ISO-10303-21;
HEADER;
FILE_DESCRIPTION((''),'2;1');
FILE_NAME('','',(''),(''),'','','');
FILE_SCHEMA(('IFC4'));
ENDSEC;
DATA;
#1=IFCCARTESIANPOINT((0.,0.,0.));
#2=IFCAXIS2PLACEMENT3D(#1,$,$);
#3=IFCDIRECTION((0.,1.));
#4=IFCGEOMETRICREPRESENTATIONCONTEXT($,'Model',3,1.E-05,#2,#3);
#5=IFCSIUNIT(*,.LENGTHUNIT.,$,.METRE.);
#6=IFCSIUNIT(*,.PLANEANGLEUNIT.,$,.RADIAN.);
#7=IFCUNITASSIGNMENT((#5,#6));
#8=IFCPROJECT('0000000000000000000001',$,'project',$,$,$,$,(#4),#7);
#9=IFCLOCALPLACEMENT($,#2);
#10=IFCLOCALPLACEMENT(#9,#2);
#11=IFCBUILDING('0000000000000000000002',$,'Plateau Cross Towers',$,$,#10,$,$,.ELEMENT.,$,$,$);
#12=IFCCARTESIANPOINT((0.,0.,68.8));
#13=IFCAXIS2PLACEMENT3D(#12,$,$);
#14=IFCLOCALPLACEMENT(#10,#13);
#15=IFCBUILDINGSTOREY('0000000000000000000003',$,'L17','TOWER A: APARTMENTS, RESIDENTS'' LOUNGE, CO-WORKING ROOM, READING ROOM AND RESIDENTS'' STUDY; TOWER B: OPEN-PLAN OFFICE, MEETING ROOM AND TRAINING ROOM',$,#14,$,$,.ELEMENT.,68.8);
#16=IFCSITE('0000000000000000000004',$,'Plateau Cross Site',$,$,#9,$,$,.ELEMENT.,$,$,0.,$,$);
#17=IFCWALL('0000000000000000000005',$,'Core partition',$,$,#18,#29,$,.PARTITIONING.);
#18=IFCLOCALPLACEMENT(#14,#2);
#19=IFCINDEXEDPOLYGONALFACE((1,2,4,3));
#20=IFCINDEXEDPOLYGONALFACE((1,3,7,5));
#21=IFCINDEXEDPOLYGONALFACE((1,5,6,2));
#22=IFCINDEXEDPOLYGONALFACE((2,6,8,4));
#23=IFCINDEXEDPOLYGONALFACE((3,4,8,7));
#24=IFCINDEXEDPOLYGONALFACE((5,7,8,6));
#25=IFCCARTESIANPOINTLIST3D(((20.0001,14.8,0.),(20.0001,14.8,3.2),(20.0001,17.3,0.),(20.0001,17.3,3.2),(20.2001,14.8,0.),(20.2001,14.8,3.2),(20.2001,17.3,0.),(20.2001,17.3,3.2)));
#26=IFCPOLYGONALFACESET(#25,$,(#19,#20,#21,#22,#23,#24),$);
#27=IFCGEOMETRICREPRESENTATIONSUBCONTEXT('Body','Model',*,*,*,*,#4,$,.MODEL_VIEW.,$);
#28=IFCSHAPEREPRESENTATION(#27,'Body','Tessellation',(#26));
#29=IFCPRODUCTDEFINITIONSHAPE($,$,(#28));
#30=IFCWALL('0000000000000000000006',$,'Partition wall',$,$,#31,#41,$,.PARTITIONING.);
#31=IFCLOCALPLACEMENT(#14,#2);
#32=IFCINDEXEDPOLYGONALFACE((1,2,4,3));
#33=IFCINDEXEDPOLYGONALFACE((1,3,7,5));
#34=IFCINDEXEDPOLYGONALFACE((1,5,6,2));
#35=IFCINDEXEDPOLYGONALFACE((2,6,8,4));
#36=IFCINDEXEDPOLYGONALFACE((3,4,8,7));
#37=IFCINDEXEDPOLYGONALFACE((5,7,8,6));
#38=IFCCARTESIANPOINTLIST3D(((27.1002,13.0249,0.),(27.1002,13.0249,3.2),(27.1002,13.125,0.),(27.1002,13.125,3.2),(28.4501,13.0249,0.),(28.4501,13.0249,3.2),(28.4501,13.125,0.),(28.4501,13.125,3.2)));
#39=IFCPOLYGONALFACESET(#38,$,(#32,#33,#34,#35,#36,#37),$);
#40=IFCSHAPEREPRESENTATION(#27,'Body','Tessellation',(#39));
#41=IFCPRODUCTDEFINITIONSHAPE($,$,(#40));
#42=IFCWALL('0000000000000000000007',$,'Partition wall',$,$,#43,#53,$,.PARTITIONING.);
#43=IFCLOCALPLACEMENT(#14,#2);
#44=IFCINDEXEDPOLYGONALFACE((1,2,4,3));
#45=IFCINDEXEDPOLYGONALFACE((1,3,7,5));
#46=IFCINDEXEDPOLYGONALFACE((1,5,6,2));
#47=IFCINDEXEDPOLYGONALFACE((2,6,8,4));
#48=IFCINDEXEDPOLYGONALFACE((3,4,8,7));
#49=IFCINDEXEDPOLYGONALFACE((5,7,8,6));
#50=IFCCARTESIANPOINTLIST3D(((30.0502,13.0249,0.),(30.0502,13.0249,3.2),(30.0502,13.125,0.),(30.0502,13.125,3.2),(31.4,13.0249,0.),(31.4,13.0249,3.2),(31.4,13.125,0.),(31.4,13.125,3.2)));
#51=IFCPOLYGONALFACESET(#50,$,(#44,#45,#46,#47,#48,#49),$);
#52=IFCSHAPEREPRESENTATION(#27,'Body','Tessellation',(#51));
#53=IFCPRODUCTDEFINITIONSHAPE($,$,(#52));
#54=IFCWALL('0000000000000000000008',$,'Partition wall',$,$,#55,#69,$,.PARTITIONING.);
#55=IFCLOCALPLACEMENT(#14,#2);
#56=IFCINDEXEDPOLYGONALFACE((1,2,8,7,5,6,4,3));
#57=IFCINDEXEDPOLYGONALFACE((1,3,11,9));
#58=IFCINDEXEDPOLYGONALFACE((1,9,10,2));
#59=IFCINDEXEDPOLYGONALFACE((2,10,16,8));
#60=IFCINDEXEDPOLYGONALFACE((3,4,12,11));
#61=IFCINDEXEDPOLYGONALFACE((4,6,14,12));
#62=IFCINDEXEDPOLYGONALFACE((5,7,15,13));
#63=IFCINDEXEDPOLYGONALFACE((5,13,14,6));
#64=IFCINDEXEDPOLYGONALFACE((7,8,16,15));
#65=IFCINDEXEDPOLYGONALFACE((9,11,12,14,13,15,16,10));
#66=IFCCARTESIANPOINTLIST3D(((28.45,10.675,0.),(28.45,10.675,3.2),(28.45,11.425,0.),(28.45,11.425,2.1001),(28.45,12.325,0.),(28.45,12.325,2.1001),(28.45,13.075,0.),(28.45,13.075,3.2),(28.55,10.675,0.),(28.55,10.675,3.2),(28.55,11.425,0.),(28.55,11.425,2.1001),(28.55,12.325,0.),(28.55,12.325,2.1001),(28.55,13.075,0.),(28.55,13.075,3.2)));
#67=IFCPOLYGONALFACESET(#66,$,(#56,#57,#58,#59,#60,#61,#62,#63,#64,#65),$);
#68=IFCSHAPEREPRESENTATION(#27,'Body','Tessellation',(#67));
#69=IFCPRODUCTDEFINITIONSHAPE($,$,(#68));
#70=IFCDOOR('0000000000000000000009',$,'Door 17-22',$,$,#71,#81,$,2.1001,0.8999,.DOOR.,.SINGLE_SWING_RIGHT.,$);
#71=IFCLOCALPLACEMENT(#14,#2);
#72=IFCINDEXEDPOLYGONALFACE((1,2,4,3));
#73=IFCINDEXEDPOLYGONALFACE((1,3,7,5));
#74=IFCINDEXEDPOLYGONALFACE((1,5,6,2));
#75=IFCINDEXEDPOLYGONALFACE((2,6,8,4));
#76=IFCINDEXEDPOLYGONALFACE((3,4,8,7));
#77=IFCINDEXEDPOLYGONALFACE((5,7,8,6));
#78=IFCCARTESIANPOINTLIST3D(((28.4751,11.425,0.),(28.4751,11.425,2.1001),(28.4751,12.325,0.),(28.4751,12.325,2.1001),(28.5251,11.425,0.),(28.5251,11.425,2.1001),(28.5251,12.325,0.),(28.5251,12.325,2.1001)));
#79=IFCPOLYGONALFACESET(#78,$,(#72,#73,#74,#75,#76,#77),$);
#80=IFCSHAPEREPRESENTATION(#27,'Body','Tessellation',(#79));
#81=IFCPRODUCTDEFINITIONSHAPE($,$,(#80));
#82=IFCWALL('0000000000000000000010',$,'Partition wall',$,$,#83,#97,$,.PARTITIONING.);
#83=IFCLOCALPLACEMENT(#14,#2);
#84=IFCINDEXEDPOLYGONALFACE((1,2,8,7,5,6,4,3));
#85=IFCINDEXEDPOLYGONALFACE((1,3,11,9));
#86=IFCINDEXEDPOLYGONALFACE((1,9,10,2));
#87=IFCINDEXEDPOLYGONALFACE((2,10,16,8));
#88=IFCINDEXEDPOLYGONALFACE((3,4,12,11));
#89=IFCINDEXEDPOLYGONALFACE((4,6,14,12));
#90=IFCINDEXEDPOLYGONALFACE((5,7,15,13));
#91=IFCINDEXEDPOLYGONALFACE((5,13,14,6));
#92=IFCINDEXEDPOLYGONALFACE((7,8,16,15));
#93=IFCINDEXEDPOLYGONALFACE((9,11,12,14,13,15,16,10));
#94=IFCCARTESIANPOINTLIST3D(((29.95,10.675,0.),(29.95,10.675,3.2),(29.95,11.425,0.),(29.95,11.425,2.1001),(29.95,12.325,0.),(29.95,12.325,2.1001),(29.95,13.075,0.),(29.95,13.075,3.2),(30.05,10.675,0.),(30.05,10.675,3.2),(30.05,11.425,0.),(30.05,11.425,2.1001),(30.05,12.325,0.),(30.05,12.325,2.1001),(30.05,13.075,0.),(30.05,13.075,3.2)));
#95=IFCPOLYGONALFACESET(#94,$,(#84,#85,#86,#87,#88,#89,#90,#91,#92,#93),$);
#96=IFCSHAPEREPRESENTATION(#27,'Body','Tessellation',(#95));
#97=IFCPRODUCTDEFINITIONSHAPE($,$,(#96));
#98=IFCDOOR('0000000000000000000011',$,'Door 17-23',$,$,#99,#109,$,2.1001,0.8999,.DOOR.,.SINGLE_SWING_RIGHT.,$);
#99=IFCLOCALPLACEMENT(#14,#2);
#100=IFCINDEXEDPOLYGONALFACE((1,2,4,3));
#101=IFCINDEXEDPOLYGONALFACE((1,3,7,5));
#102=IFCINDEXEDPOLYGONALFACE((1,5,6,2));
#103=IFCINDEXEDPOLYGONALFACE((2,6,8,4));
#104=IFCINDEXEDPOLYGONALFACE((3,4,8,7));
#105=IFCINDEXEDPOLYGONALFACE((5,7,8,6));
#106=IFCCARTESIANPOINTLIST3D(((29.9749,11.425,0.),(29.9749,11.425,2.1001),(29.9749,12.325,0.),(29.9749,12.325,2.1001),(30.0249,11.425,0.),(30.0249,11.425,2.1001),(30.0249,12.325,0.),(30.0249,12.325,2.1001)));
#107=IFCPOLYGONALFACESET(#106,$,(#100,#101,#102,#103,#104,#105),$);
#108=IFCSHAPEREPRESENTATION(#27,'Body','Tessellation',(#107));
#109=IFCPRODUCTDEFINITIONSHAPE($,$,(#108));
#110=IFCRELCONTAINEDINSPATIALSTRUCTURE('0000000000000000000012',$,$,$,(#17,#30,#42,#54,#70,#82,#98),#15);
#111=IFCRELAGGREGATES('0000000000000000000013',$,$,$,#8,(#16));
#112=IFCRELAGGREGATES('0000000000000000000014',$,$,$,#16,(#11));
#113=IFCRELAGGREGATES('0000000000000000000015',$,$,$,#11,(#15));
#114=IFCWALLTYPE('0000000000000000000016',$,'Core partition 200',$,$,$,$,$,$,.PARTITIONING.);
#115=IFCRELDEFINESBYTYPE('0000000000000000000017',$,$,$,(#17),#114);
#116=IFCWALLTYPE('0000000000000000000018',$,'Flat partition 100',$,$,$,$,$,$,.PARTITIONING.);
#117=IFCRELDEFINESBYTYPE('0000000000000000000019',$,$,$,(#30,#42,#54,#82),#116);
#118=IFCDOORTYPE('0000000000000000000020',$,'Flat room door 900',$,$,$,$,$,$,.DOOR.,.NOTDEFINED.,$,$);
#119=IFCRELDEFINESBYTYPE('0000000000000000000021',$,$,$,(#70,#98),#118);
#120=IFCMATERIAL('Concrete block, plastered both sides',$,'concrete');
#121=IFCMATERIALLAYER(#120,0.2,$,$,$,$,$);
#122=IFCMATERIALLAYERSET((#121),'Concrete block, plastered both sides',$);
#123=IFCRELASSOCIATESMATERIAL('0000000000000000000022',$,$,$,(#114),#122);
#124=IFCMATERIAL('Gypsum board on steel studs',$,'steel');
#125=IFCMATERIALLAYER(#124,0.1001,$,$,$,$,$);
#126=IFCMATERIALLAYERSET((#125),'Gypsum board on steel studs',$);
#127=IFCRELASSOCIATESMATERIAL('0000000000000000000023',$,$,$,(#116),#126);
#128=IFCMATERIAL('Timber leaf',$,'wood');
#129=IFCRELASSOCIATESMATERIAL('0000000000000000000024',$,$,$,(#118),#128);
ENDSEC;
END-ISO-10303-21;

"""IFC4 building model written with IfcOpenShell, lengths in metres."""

from ifc_helpers import new_model, si_unit, direction, frame, frame_2d, origin, place, context, subcontext, project, spatial, rectangle, extrude, material, layer, layer_set, type_object, element, fill, save


model = new_model("IFC4")

# Units and contexts
model_context = context("Model", 3, precision=1e-05, world=origin(), true_north=direction((0.0, 1.0)))
body_context = subcontext(model_context, "Body", "Model", "MODEL_VIEW")
ifc_project = project(units=[si_unit("LENGTHUNIT", "METRE"), si_unit("PLANEANGLEUNIT", "RADIAN")], contexts=[model_context])

# Site, building, storey
site_placement = place(None, origin())
site = spatial("IfcSite", under=ifc_project, at=site_placement, Name="Plateau Cross Site", CompositionType="ELEMENT", RefElevation=0.0)
building_placement = place(site_placement, origin())
building = spatial("IfcBuilding", under=site, at=building_placement, Name="Plateau Cross Towers", CompositionType="ELEMENT")
storey_placement = place(building_placement, frame((0.0, 0.0, 68.8)))
storey = spatial("IfcBuildingStorey", under=building, at=storey_placement, Name="L17", Description="TOWER A: APARTMENTS, RESIDENTS' LOUNGE, CO-WORKING ROOM, READING ROOM AND RESIDENTS' STUDY; TOWER B: OPEN-PLAN OFFICE, MEETING ROOM AND TRAINING ROOM", CompositionType="ELEMENT", Elevation=68.8)

# Shared definitions
ifc_material_1 = material(Name="Concrete block, plastered both sides", Category="concrete")
ifc_layer_1 = layer(ifc_material_1, 0.2)
ifc_layer_set_1 = layer_set([ifc_layer_1], Name="Concrete block, plastered both sides")
wall_type_1 = type_object("IfcWallType", Name="Core partition 200", PredefinedType="PARTITIONING", material=ifc_layer_set_1)

# Walls
wall_1_placement = place(storey_placement, frame((20.1001, 14.8, 0.0), z_axis=(0.0, 0.0, 1.0), x_axis=(0.0, 1.0, 0.0)))
element("IfcWall", 1, at=wall_1_placement, inside=storey, type_object=wall_type_1, Name="Core partition", PredefinedType="PARTITIONING", context=body_context, shape_type="SweptSolid", body=[
    extrude(rectangle(XDim=2.5, YDim=0.2, at=frame_2d((1.25, 0.0))), origin(), (0.0, 0.0, 1.0), 3.2),
])
ifc_material_2 = material(Name="Gypsum board on steel studs", Category="steel")
ifc_layer_2 = layer(ifc_material_2, 0.1001)
ifc_layer_set_2 = layer_set([ifc_layer_2], Name="Gypsum board on steel studs")
wall_type_2 = type_object("IfcWallType", Name="Flat partition 100", PredefinedType="PARTITIONING", material=ifc_layer_set_2)
for number, where, z_axis, x_axis, name in (
    (2, (28.45, 13.075, 0.0), (0.0, 0.0, 1.0), (-1.0, 0.0, 0.0), "Partition wall"),
    (3, (31.3999, 13.075, 0.0), (0.0, 0.0, 1.0), (-1.0, 0.0, 0.0), "Partition wall"),
):
    element("IfcWall", number, at=place(storey_placement, frame(where, z_axis=z_axis, x_axis=x_axis)), inside=storey, type_object=wall_type_2, Name=name, PredefinedType="PARTITIONING", context=body_context, shape_type="SweptSolid", body=[
        extrude(rectangle(XDim=1.3499, YDim=0.1001, at=frame_2d((0.6748, 0.0))), origin(), (0.0, 0.0, 1.0), 3.2),
    ])

# Walls, openings, doors
wall_2_placement = place(storey_placement, frame((28.5, 10.675, 0.0), z_axis=(0.0, 0.0, 1.0), x_axis=(0.0, 1.0, 0.0)))
wall_2 = element("IfcWall", 4, at=wall_2_placement, inside=storey, type_object=wall_type_2, Name="Partition wall", PredefinedType="PARTITIONING", context=body_context, shape_type="SweptSolid", body=[
    extrude(rectangle(XDim=2.3999, YDim=0.1001, at=frame_2d((1.2, 0.0))), origin(), (0.0, 0.0, 1.0), 3.2),
])
opening_1_placement = place(wall_2_placement, frame((0.75, 0.0, 0.0)))
opening_1 = element("IfcOpeningElement", 5, at=opening_1_placement, cuts=wall_2, PredefinedType="OPENING", context=body_context, shape_type="SweptSolid", body=[
    extrude(rectangle(XDim=0.8999, YDim=2.1001, at=frame_2d((0.45, 1.05))), frame((0.0, 0.0601, 0.0), z_axis=(0.0, -1.0, 0.0), x_axis=(1.0, 0.0, 0.0)), (0.0, 0.0, 1.0), 0.1201),
])
ifc_material_3 = material(Name="Timber leaf", Category="wood")
door_type_1 = type_object("IfcDoorType", Name="Flat room door 900", OperationType="NOTDEFINED", PredefinedType="DOOR", material=ifc_material_3)
door_1_placement = place(opening_1_placement, origin())
door_1 = element("IfcDoor", 6, at=door_1_placement, inside=storey, type_object=door_type_1, Name="Door 17-22", OperationType="SINGLE_SWING_RIGHT", OverallHeight=2.1001, OverallWidth=0.8999, PredefinedType="DOOR", context=body_context, shape_type="SweptSolid", body=[
    extrude(rectangle(XDim=0.8999, YDim=2.1001, at=frame_2d((0.45, 1.05))), frame((0.0, 0.0249, 0.0), z_axis=(0.0, -1.0, 0.0), x_axis=(1.0, 0.0, 0.0)), (0.0, 0.0, 1.0), 0.05),
])
fill(opening_1, door_1)
wall_3_placement = place(storey_placement, frame((30.0, 13.075, 0.0), z_axis=(0.0, 0.0, 1.0), x_axis=(0.0, -1.0, 0.0)))
wall_3 = element("IfcWall", 7, at=wall_3_placement, inside=storey, type_object=wall_type_2, Name="Partition wall", PredefinedType="PARTITIONING", context=body_context, shape_type="SweptSolid", body=[
    extrude(rectangle(XDim=2.3999, YDim=0.1001, at=frame_2d((1.2, 0.0))), origin(), (0.0, 0.0, 1.0), 3.2),
])
opening_2_placement = place(wall_3_placement, frame((0.75, 0.0, 0.0)))
opening_2 = element("IfcOpeningElement", 8, at=opening_2_placement, cuts=wall_3, PredefinedType="OPENING", context=body_context, shape_type="SweptSolid", body=[
    extrude(rectangle(XDim=0.8999, YDim=2.1001, at=frame_2d((0.45, 1.05))), frame((0.0, 0.0601, 0.0), z_axis=(0.0, -1.0, 0.0), x_axis=(1.0, 0.0, 0.0)), (0.0, 0.0, 1.0), 0.1201),
])
door_2_placement = place(opening_2_placement, origin())
door_2 = element("IfcDoor", 9, at=door_2_placement, inside=storey, type_object=door_type_1, Name="Door 17-23", OperationType="SINGLE_SWING_RIGHT", OverallHeight=2.1001, OverallWidth=0.8999, PredefinedType="DOOR", context=body_context, shape_type="SweptSolid", body=[
    extrude(rectangle(XDim=0.8999, YDim=2.1001, at=frame_2d((0.45, 1.05))), frame((0.0, 0.0249, 0.0), z_axis=(0.0, -1.0, 0.0), x_axis=(1.0, 0.0, 0.0)), (0.0, 0.0, 1.0), 0.05),
])
fill(opening_2, door_2)

save(model, "model.ifc")
